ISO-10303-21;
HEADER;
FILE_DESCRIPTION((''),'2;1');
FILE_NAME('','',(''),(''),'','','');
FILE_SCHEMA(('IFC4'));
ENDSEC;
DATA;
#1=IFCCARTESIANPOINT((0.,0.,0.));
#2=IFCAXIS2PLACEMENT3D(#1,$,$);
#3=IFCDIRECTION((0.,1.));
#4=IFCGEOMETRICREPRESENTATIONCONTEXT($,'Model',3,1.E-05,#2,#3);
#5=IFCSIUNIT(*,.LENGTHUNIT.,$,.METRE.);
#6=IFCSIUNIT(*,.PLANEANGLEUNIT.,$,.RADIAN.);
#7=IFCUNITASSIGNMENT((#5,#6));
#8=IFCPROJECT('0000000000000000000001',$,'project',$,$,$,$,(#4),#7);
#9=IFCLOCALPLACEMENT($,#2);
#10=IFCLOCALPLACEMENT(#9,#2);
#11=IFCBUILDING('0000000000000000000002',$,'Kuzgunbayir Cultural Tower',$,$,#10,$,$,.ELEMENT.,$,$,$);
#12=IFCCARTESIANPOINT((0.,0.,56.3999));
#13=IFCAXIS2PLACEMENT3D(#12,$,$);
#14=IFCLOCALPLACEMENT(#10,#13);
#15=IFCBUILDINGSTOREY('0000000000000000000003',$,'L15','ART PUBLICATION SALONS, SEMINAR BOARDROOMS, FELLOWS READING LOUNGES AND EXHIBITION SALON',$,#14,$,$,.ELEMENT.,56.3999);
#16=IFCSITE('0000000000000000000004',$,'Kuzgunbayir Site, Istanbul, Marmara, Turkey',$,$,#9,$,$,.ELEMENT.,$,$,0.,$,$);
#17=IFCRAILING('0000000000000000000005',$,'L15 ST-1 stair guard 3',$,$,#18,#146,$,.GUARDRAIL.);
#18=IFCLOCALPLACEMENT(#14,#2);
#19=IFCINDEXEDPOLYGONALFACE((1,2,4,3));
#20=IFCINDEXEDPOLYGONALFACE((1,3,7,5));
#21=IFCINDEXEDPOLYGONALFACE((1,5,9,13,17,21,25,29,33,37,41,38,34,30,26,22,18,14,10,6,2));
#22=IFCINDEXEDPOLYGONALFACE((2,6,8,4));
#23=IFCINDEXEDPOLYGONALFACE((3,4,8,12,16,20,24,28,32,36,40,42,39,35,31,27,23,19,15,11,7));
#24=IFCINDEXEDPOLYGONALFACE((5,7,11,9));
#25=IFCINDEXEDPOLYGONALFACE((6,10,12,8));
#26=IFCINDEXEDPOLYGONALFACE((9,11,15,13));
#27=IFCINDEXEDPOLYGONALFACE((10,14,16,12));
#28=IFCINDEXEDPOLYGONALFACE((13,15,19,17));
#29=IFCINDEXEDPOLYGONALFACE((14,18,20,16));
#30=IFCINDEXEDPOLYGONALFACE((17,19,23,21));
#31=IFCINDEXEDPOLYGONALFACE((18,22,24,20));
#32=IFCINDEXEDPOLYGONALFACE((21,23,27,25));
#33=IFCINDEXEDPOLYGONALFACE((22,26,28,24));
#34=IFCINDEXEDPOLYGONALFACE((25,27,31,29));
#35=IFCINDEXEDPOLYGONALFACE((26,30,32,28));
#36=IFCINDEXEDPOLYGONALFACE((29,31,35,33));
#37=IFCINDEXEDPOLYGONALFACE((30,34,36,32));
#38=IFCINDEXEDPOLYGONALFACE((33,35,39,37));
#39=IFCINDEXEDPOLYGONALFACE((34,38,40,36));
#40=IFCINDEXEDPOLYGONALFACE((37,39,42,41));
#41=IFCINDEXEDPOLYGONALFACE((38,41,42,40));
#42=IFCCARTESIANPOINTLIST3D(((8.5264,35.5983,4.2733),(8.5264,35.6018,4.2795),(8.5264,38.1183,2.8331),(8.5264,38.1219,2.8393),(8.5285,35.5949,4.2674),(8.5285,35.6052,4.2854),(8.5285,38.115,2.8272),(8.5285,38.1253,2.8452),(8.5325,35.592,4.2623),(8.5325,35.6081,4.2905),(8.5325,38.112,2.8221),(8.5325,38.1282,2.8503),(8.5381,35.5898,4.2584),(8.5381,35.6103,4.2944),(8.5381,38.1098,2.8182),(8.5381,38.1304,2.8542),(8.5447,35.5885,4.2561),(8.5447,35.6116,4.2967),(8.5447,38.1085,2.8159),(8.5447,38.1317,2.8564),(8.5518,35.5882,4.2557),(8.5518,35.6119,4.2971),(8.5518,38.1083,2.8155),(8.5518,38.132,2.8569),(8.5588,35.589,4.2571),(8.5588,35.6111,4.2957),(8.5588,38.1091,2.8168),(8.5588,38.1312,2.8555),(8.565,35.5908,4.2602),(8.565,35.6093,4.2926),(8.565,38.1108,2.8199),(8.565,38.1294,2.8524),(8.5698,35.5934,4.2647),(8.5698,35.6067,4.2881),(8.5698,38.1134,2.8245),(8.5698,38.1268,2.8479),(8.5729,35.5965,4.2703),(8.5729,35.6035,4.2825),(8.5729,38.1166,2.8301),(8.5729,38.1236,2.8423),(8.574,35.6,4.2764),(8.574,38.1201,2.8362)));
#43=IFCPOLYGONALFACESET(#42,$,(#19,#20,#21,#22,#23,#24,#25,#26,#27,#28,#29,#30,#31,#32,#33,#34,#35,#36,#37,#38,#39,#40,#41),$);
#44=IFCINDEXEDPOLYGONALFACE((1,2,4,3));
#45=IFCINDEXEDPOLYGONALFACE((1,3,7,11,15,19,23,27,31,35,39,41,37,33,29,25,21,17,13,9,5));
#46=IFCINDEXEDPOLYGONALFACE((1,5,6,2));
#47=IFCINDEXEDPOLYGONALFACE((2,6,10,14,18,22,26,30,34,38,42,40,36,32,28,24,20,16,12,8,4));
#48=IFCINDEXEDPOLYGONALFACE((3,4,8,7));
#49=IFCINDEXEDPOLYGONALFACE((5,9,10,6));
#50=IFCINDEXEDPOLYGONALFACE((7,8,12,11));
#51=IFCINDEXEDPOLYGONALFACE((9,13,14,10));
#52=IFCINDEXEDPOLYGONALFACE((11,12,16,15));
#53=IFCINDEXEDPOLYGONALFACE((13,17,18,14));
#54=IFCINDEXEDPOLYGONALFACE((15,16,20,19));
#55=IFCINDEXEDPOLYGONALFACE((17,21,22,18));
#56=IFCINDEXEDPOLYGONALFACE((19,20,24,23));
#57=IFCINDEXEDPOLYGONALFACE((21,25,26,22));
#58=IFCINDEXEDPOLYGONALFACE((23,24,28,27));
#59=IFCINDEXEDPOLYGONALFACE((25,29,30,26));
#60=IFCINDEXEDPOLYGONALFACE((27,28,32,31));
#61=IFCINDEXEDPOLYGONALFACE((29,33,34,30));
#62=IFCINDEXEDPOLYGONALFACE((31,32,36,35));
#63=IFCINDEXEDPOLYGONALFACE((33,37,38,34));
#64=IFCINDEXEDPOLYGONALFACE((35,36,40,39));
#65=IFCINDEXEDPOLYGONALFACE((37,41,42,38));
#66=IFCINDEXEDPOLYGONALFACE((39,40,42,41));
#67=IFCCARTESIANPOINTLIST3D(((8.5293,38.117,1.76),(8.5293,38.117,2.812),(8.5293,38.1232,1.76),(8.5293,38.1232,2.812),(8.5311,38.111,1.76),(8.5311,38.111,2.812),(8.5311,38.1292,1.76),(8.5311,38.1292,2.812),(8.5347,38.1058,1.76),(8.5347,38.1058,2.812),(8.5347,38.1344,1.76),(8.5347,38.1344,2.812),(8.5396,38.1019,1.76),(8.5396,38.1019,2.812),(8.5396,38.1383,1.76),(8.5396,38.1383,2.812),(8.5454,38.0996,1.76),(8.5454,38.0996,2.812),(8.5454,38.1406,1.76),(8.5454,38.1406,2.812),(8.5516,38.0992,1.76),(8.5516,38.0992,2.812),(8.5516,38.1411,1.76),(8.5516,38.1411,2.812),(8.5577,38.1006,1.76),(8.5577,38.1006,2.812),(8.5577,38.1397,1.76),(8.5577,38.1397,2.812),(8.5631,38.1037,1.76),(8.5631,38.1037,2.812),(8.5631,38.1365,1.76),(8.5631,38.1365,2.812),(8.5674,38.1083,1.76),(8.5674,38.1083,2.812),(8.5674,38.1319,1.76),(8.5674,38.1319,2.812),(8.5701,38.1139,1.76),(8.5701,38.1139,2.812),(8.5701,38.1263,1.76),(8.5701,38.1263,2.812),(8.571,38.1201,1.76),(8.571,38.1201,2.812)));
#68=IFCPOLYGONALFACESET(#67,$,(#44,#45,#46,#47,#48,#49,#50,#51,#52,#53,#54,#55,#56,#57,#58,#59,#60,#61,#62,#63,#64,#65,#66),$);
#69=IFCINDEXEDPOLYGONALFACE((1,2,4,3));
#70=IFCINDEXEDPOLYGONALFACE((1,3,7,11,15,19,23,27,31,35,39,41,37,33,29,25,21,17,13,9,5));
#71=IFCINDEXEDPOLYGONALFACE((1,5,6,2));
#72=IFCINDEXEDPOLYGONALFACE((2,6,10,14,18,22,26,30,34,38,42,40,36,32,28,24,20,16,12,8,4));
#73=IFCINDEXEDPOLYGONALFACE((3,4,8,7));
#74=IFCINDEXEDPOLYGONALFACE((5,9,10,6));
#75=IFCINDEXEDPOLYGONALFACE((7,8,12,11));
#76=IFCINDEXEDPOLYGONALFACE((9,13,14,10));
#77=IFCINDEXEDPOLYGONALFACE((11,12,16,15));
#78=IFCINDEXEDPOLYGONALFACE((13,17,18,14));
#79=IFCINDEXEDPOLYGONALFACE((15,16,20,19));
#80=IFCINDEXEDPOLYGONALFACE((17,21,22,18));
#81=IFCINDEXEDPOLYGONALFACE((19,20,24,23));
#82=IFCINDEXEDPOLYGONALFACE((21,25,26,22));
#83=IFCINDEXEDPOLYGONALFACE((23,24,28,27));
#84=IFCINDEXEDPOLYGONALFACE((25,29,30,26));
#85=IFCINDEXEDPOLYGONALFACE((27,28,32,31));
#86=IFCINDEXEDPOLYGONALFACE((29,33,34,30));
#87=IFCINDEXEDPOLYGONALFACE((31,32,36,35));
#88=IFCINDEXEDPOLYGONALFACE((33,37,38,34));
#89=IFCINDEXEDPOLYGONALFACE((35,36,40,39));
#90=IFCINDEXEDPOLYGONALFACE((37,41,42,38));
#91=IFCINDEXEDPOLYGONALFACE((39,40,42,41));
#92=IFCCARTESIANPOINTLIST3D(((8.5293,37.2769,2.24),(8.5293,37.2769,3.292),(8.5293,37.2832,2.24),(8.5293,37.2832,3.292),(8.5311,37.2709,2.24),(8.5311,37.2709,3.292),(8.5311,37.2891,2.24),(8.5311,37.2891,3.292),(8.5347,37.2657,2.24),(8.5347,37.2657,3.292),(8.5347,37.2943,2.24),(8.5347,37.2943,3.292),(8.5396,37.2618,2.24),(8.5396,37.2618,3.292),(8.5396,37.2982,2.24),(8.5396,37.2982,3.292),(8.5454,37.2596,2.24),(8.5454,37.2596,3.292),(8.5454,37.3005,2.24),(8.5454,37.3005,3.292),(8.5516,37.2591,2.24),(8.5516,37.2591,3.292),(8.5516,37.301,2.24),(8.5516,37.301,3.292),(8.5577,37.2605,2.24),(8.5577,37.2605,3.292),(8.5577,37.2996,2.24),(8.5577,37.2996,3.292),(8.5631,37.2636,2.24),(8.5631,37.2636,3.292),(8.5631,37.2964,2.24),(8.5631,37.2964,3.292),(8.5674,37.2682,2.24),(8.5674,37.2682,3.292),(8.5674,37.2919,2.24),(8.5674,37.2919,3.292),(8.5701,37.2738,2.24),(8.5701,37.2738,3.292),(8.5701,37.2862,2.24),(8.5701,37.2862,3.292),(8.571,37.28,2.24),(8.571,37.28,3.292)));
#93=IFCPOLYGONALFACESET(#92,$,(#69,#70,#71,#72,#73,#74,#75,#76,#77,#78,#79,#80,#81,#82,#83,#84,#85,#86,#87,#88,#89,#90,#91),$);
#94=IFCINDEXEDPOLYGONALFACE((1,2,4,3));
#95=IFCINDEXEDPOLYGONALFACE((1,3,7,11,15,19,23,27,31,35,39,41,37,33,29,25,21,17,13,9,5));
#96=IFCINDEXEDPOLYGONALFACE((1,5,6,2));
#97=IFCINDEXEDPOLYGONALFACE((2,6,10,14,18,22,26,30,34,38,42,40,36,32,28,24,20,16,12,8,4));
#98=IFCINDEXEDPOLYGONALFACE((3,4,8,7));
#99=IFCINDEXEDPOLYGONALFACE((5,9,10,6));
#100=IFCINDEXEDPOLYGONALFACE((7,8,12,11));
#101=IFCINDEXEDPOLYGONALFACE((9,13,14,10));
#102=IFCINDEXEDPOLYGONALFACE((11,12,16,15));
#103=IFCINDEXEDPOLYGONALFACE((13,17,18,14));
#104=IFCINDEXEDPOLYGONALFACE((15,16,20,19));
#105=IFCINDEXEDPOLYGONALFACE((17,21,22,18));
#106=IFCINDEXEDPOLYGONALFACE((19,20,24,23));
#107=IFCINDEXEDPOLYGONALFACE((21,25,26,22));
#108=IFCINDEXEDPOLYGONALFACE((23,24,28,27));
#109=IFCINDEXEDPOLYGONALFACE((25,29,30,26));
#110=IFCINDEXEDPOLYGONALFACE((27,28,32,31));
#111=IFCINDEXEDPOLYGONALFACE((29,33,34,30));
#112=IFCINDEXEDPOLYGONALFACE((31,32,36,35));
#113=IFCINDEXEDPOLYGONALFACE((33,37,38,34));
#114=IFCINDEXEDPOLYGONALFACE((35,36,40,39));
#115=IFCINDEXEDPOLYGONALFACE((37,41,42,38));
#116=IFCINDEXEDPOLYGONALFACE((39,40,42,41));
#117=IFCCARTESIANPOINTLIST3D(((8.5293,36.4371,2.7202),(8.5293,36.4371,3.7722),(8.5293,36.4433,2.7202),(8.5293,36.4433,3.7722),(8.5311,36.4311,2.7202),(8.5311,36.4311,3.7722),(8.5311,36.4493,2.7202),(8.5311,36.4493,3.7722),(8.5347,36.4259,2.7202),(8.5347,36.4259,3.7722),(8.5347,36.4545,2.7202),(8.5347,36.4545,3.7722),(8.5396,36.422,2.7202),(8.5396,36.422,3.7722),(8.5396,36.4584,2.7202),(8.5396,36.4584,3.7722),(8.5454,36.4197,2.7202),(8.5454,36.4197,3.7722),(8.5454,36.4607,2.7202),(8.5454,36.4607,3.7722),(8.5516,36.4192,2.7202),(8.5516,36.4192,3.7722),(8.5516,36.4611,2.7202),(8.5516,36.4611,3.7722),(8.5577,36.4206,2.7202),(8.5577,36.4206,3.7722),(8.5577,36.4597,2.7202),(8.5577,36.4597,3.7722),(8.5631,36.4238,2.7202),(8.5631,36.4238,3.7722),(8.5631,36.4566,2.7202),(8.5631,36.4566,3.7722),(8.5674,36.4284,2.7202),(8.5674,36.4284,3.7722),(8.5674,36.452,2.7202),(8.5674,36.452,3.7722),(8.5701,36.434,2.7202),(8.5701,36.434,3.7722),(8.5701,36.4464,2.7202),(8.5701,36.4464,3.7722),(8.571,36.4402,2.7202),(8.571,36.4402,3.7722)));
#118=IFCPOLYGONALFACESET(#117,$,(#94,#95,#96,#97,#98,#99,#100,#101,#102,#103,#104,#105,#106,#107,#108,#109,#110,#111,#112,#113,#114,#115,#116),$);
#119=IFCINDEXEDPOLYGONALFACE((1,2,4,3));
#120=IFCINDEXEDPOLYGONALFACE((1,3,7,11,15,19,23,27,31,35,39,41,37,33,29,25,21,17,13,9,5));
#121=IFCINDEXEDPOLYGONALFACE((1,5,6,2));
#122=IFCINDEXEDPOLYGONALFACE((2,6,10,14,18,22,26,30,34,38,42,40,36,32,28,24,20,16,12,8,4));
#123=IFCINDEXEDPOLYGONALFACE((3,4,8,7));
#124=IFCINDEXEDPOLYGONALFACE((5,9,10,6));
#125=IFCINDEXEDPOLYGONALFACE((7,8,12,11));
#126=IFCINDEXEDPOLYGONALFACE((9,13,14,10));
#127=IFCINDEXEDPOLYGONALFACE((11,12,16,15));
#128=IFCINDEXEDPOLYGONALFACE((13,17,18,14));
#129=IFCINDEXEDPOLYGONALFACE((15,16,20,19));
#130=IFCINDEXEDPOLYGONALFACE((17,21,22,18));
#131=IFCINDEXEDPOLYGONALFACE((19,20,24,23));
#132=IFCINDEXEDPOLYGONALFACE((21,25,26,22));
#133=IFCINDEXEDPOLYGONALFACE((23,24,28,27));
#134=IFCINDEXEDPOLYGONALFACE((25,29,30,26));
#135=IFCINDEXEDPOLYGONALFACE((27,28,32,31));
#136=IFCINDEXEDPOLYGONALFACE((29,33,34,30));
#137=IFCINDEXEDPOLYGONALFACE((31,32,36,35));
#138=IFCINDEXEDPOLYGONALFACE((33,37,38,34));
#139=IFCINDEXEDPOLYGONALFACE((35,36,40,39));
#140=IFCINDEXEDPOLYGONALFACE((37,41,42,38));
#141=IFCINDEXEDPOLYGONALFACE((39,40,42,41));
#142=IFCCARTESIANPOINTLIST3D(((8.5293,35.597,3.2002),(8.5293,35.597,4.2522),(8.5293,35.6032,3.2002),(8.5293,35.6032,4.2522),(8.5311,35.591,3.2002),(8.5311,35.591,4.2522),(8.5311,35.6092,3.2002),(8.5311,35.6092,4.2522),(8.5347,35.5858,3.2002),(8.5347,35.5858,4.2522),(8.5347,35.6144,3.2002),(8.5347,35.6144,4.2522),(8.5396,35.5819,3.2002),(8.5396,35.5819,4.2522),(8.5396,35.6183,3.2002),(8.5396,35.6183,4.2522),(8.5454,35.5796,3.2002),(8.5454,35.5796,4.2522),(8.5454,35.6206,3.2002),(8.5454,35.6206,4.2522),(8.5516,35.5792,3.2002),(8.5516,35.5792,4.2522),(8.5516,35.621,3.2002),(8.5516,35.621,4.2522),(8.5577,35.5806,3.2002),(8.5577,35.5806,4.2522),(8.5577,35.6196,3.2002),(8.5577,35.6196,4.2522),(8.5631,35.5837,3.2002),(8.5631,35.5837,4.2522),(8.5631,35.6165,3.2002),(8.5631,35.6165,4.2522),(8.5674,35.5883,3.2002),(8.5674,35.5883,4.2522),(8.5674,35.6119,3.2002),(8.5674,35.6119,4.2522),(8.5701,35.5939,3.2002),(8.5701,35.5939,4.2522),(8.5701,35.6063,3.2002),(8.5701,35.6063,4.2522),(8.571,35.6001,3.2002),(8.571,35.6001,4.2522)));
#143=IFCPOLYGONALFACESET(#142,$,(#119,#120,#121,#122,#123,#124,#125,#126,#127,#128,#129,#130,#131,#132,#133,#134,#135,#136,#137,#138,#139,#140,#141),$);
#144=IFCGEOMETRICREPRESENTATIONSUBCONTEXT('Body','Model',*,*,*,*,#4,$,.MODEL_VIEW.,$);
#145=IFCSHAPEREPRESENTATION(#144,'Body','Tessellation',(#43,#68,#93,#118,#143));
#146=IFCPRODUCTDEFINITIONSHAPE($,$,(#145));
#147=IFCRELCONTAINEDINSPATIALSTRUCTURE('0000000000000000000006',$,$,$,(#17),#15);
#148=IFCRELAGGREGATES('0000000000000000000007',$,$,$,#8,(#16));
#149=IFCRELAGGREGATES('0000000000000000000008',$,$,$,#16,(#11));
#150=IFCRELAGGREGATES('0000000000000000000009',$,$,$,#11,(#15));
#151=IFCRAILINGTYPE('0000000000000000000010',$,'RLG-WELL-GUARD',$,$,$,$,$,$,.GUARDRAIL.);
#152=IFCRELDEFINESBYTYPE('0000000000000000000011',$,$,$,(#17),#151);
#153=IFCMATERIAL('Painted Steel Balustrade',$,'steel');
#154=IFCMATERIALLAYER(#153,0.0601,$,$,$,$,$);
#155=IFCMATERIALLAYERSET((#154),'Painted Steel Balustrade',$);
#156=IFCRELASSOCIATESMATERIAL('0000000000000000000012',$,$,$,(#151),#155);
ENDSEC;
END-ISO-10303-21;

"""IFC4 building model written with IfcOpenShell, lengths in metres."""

from ifc_helpers import new_model, si_unit, direction, frame, origin, origin_2d, place, context, subcontext, project, spatial, circle, extrude, material, layer, layer_set, type_object, element, save


model = new_model("IFC4")

# Units and contexts
model_context = context("Model", 3, precision=1e-05, world=origin(), true_north=direction((0.0, 1.0)))
body_context = subcontext(model_context, "Body", "Model", "MODEL_VIEW")
ifc_project = project(units=[si_unit("LENGTHUNIT", "METRE"), si_unit("PLANEANGLEUNIT", "RADIAN")], contexts=[model_context])

# Site, building, storey
site_placement = place(None, origin())
site = spatial("IfcSite", under=ifc_project, at=site_placement, Name="Kuzgunbayir Site, Istanbul, Marmara, Turkey", CompositionType="ELEMENT", RefElevation=0.0)
building_placement = place(site_placement, origin())
building = spatial("IfcBuilding", under=site, at=building_placement, Name="Kuzgunbayir Cultural Tower", CompositionType="ELEMENT")
storey_placement = place(building_placement, frame((0.0, 0.0, 56.3999)))
storey = spatial("IfcBuildingStorey", under=building, at=storey_placement, Name="L15", Description="ART PUBLICATION SALONS, SEMINAR BOARDROOMS, FELLOWS READING LOUNGES AND EXHIBITION SALON", CompositionType="ELEMENT", Elevation=56.3999)

# Railing
ifc_material_1 = material(Name="Painted Steel Balustrade", Category="steel")
ifc_layer_1 = layer(ifc_material_1, 0.0601)
ifc_layer_set_1 = layer_set([ifc_layer_1], Name="Painted Steel Balustrade")
railing_type_1 = type_object("IfcRailingType", Name="RLG-WELL-GUARD", PredefinedType="GUARDRAIL", material=ifc_layer_set_1)
railing_1_placement = place(storey_placement, frame((8.55, 38.1201, 1.76)))
element("IfcRailing", 1, at=railing_1_placement, inside=storey, type_object=railing_type_1, Name="L15 ST-1 stair guard 3", PredefinedType="GUARDRAIL", context=body_context, shape_type="SweptSolid", body=[
    extrude(circle(Radius=0.0239, at=origin_2d()), frame((0.0, 0.0, 1.0762), z_axis=(0.0, -0.868217, 0.496184), x_axis=(1.0, 0.0, 0.0)), (0.0, 0.0, 1.0), 2.9026),
    extrude(circle(Radius=0.021, at=origin_2d()), origin(), (0.0, 0.0, 1.0), 1.052),
    extrude(circle(Radius=0.021, at=origin_2d()), frame((0.0, -0.8401, 0.48)), (0.0, 0.0, 1.0), 1.052),
    extrude(circle(Radius=0.021, at=origin_2d()), frame((0.0, -1.6799, 0.9602)), (0.0, 0.0, 1.0), 1.052),
    extrude(circle(Radius=0.021, at=origin_2d()), frame((0.0, -2.52, 1.4402)), (0.0, 0.0, 1.0), 1.052),
])

save(model, "model.ifc")
